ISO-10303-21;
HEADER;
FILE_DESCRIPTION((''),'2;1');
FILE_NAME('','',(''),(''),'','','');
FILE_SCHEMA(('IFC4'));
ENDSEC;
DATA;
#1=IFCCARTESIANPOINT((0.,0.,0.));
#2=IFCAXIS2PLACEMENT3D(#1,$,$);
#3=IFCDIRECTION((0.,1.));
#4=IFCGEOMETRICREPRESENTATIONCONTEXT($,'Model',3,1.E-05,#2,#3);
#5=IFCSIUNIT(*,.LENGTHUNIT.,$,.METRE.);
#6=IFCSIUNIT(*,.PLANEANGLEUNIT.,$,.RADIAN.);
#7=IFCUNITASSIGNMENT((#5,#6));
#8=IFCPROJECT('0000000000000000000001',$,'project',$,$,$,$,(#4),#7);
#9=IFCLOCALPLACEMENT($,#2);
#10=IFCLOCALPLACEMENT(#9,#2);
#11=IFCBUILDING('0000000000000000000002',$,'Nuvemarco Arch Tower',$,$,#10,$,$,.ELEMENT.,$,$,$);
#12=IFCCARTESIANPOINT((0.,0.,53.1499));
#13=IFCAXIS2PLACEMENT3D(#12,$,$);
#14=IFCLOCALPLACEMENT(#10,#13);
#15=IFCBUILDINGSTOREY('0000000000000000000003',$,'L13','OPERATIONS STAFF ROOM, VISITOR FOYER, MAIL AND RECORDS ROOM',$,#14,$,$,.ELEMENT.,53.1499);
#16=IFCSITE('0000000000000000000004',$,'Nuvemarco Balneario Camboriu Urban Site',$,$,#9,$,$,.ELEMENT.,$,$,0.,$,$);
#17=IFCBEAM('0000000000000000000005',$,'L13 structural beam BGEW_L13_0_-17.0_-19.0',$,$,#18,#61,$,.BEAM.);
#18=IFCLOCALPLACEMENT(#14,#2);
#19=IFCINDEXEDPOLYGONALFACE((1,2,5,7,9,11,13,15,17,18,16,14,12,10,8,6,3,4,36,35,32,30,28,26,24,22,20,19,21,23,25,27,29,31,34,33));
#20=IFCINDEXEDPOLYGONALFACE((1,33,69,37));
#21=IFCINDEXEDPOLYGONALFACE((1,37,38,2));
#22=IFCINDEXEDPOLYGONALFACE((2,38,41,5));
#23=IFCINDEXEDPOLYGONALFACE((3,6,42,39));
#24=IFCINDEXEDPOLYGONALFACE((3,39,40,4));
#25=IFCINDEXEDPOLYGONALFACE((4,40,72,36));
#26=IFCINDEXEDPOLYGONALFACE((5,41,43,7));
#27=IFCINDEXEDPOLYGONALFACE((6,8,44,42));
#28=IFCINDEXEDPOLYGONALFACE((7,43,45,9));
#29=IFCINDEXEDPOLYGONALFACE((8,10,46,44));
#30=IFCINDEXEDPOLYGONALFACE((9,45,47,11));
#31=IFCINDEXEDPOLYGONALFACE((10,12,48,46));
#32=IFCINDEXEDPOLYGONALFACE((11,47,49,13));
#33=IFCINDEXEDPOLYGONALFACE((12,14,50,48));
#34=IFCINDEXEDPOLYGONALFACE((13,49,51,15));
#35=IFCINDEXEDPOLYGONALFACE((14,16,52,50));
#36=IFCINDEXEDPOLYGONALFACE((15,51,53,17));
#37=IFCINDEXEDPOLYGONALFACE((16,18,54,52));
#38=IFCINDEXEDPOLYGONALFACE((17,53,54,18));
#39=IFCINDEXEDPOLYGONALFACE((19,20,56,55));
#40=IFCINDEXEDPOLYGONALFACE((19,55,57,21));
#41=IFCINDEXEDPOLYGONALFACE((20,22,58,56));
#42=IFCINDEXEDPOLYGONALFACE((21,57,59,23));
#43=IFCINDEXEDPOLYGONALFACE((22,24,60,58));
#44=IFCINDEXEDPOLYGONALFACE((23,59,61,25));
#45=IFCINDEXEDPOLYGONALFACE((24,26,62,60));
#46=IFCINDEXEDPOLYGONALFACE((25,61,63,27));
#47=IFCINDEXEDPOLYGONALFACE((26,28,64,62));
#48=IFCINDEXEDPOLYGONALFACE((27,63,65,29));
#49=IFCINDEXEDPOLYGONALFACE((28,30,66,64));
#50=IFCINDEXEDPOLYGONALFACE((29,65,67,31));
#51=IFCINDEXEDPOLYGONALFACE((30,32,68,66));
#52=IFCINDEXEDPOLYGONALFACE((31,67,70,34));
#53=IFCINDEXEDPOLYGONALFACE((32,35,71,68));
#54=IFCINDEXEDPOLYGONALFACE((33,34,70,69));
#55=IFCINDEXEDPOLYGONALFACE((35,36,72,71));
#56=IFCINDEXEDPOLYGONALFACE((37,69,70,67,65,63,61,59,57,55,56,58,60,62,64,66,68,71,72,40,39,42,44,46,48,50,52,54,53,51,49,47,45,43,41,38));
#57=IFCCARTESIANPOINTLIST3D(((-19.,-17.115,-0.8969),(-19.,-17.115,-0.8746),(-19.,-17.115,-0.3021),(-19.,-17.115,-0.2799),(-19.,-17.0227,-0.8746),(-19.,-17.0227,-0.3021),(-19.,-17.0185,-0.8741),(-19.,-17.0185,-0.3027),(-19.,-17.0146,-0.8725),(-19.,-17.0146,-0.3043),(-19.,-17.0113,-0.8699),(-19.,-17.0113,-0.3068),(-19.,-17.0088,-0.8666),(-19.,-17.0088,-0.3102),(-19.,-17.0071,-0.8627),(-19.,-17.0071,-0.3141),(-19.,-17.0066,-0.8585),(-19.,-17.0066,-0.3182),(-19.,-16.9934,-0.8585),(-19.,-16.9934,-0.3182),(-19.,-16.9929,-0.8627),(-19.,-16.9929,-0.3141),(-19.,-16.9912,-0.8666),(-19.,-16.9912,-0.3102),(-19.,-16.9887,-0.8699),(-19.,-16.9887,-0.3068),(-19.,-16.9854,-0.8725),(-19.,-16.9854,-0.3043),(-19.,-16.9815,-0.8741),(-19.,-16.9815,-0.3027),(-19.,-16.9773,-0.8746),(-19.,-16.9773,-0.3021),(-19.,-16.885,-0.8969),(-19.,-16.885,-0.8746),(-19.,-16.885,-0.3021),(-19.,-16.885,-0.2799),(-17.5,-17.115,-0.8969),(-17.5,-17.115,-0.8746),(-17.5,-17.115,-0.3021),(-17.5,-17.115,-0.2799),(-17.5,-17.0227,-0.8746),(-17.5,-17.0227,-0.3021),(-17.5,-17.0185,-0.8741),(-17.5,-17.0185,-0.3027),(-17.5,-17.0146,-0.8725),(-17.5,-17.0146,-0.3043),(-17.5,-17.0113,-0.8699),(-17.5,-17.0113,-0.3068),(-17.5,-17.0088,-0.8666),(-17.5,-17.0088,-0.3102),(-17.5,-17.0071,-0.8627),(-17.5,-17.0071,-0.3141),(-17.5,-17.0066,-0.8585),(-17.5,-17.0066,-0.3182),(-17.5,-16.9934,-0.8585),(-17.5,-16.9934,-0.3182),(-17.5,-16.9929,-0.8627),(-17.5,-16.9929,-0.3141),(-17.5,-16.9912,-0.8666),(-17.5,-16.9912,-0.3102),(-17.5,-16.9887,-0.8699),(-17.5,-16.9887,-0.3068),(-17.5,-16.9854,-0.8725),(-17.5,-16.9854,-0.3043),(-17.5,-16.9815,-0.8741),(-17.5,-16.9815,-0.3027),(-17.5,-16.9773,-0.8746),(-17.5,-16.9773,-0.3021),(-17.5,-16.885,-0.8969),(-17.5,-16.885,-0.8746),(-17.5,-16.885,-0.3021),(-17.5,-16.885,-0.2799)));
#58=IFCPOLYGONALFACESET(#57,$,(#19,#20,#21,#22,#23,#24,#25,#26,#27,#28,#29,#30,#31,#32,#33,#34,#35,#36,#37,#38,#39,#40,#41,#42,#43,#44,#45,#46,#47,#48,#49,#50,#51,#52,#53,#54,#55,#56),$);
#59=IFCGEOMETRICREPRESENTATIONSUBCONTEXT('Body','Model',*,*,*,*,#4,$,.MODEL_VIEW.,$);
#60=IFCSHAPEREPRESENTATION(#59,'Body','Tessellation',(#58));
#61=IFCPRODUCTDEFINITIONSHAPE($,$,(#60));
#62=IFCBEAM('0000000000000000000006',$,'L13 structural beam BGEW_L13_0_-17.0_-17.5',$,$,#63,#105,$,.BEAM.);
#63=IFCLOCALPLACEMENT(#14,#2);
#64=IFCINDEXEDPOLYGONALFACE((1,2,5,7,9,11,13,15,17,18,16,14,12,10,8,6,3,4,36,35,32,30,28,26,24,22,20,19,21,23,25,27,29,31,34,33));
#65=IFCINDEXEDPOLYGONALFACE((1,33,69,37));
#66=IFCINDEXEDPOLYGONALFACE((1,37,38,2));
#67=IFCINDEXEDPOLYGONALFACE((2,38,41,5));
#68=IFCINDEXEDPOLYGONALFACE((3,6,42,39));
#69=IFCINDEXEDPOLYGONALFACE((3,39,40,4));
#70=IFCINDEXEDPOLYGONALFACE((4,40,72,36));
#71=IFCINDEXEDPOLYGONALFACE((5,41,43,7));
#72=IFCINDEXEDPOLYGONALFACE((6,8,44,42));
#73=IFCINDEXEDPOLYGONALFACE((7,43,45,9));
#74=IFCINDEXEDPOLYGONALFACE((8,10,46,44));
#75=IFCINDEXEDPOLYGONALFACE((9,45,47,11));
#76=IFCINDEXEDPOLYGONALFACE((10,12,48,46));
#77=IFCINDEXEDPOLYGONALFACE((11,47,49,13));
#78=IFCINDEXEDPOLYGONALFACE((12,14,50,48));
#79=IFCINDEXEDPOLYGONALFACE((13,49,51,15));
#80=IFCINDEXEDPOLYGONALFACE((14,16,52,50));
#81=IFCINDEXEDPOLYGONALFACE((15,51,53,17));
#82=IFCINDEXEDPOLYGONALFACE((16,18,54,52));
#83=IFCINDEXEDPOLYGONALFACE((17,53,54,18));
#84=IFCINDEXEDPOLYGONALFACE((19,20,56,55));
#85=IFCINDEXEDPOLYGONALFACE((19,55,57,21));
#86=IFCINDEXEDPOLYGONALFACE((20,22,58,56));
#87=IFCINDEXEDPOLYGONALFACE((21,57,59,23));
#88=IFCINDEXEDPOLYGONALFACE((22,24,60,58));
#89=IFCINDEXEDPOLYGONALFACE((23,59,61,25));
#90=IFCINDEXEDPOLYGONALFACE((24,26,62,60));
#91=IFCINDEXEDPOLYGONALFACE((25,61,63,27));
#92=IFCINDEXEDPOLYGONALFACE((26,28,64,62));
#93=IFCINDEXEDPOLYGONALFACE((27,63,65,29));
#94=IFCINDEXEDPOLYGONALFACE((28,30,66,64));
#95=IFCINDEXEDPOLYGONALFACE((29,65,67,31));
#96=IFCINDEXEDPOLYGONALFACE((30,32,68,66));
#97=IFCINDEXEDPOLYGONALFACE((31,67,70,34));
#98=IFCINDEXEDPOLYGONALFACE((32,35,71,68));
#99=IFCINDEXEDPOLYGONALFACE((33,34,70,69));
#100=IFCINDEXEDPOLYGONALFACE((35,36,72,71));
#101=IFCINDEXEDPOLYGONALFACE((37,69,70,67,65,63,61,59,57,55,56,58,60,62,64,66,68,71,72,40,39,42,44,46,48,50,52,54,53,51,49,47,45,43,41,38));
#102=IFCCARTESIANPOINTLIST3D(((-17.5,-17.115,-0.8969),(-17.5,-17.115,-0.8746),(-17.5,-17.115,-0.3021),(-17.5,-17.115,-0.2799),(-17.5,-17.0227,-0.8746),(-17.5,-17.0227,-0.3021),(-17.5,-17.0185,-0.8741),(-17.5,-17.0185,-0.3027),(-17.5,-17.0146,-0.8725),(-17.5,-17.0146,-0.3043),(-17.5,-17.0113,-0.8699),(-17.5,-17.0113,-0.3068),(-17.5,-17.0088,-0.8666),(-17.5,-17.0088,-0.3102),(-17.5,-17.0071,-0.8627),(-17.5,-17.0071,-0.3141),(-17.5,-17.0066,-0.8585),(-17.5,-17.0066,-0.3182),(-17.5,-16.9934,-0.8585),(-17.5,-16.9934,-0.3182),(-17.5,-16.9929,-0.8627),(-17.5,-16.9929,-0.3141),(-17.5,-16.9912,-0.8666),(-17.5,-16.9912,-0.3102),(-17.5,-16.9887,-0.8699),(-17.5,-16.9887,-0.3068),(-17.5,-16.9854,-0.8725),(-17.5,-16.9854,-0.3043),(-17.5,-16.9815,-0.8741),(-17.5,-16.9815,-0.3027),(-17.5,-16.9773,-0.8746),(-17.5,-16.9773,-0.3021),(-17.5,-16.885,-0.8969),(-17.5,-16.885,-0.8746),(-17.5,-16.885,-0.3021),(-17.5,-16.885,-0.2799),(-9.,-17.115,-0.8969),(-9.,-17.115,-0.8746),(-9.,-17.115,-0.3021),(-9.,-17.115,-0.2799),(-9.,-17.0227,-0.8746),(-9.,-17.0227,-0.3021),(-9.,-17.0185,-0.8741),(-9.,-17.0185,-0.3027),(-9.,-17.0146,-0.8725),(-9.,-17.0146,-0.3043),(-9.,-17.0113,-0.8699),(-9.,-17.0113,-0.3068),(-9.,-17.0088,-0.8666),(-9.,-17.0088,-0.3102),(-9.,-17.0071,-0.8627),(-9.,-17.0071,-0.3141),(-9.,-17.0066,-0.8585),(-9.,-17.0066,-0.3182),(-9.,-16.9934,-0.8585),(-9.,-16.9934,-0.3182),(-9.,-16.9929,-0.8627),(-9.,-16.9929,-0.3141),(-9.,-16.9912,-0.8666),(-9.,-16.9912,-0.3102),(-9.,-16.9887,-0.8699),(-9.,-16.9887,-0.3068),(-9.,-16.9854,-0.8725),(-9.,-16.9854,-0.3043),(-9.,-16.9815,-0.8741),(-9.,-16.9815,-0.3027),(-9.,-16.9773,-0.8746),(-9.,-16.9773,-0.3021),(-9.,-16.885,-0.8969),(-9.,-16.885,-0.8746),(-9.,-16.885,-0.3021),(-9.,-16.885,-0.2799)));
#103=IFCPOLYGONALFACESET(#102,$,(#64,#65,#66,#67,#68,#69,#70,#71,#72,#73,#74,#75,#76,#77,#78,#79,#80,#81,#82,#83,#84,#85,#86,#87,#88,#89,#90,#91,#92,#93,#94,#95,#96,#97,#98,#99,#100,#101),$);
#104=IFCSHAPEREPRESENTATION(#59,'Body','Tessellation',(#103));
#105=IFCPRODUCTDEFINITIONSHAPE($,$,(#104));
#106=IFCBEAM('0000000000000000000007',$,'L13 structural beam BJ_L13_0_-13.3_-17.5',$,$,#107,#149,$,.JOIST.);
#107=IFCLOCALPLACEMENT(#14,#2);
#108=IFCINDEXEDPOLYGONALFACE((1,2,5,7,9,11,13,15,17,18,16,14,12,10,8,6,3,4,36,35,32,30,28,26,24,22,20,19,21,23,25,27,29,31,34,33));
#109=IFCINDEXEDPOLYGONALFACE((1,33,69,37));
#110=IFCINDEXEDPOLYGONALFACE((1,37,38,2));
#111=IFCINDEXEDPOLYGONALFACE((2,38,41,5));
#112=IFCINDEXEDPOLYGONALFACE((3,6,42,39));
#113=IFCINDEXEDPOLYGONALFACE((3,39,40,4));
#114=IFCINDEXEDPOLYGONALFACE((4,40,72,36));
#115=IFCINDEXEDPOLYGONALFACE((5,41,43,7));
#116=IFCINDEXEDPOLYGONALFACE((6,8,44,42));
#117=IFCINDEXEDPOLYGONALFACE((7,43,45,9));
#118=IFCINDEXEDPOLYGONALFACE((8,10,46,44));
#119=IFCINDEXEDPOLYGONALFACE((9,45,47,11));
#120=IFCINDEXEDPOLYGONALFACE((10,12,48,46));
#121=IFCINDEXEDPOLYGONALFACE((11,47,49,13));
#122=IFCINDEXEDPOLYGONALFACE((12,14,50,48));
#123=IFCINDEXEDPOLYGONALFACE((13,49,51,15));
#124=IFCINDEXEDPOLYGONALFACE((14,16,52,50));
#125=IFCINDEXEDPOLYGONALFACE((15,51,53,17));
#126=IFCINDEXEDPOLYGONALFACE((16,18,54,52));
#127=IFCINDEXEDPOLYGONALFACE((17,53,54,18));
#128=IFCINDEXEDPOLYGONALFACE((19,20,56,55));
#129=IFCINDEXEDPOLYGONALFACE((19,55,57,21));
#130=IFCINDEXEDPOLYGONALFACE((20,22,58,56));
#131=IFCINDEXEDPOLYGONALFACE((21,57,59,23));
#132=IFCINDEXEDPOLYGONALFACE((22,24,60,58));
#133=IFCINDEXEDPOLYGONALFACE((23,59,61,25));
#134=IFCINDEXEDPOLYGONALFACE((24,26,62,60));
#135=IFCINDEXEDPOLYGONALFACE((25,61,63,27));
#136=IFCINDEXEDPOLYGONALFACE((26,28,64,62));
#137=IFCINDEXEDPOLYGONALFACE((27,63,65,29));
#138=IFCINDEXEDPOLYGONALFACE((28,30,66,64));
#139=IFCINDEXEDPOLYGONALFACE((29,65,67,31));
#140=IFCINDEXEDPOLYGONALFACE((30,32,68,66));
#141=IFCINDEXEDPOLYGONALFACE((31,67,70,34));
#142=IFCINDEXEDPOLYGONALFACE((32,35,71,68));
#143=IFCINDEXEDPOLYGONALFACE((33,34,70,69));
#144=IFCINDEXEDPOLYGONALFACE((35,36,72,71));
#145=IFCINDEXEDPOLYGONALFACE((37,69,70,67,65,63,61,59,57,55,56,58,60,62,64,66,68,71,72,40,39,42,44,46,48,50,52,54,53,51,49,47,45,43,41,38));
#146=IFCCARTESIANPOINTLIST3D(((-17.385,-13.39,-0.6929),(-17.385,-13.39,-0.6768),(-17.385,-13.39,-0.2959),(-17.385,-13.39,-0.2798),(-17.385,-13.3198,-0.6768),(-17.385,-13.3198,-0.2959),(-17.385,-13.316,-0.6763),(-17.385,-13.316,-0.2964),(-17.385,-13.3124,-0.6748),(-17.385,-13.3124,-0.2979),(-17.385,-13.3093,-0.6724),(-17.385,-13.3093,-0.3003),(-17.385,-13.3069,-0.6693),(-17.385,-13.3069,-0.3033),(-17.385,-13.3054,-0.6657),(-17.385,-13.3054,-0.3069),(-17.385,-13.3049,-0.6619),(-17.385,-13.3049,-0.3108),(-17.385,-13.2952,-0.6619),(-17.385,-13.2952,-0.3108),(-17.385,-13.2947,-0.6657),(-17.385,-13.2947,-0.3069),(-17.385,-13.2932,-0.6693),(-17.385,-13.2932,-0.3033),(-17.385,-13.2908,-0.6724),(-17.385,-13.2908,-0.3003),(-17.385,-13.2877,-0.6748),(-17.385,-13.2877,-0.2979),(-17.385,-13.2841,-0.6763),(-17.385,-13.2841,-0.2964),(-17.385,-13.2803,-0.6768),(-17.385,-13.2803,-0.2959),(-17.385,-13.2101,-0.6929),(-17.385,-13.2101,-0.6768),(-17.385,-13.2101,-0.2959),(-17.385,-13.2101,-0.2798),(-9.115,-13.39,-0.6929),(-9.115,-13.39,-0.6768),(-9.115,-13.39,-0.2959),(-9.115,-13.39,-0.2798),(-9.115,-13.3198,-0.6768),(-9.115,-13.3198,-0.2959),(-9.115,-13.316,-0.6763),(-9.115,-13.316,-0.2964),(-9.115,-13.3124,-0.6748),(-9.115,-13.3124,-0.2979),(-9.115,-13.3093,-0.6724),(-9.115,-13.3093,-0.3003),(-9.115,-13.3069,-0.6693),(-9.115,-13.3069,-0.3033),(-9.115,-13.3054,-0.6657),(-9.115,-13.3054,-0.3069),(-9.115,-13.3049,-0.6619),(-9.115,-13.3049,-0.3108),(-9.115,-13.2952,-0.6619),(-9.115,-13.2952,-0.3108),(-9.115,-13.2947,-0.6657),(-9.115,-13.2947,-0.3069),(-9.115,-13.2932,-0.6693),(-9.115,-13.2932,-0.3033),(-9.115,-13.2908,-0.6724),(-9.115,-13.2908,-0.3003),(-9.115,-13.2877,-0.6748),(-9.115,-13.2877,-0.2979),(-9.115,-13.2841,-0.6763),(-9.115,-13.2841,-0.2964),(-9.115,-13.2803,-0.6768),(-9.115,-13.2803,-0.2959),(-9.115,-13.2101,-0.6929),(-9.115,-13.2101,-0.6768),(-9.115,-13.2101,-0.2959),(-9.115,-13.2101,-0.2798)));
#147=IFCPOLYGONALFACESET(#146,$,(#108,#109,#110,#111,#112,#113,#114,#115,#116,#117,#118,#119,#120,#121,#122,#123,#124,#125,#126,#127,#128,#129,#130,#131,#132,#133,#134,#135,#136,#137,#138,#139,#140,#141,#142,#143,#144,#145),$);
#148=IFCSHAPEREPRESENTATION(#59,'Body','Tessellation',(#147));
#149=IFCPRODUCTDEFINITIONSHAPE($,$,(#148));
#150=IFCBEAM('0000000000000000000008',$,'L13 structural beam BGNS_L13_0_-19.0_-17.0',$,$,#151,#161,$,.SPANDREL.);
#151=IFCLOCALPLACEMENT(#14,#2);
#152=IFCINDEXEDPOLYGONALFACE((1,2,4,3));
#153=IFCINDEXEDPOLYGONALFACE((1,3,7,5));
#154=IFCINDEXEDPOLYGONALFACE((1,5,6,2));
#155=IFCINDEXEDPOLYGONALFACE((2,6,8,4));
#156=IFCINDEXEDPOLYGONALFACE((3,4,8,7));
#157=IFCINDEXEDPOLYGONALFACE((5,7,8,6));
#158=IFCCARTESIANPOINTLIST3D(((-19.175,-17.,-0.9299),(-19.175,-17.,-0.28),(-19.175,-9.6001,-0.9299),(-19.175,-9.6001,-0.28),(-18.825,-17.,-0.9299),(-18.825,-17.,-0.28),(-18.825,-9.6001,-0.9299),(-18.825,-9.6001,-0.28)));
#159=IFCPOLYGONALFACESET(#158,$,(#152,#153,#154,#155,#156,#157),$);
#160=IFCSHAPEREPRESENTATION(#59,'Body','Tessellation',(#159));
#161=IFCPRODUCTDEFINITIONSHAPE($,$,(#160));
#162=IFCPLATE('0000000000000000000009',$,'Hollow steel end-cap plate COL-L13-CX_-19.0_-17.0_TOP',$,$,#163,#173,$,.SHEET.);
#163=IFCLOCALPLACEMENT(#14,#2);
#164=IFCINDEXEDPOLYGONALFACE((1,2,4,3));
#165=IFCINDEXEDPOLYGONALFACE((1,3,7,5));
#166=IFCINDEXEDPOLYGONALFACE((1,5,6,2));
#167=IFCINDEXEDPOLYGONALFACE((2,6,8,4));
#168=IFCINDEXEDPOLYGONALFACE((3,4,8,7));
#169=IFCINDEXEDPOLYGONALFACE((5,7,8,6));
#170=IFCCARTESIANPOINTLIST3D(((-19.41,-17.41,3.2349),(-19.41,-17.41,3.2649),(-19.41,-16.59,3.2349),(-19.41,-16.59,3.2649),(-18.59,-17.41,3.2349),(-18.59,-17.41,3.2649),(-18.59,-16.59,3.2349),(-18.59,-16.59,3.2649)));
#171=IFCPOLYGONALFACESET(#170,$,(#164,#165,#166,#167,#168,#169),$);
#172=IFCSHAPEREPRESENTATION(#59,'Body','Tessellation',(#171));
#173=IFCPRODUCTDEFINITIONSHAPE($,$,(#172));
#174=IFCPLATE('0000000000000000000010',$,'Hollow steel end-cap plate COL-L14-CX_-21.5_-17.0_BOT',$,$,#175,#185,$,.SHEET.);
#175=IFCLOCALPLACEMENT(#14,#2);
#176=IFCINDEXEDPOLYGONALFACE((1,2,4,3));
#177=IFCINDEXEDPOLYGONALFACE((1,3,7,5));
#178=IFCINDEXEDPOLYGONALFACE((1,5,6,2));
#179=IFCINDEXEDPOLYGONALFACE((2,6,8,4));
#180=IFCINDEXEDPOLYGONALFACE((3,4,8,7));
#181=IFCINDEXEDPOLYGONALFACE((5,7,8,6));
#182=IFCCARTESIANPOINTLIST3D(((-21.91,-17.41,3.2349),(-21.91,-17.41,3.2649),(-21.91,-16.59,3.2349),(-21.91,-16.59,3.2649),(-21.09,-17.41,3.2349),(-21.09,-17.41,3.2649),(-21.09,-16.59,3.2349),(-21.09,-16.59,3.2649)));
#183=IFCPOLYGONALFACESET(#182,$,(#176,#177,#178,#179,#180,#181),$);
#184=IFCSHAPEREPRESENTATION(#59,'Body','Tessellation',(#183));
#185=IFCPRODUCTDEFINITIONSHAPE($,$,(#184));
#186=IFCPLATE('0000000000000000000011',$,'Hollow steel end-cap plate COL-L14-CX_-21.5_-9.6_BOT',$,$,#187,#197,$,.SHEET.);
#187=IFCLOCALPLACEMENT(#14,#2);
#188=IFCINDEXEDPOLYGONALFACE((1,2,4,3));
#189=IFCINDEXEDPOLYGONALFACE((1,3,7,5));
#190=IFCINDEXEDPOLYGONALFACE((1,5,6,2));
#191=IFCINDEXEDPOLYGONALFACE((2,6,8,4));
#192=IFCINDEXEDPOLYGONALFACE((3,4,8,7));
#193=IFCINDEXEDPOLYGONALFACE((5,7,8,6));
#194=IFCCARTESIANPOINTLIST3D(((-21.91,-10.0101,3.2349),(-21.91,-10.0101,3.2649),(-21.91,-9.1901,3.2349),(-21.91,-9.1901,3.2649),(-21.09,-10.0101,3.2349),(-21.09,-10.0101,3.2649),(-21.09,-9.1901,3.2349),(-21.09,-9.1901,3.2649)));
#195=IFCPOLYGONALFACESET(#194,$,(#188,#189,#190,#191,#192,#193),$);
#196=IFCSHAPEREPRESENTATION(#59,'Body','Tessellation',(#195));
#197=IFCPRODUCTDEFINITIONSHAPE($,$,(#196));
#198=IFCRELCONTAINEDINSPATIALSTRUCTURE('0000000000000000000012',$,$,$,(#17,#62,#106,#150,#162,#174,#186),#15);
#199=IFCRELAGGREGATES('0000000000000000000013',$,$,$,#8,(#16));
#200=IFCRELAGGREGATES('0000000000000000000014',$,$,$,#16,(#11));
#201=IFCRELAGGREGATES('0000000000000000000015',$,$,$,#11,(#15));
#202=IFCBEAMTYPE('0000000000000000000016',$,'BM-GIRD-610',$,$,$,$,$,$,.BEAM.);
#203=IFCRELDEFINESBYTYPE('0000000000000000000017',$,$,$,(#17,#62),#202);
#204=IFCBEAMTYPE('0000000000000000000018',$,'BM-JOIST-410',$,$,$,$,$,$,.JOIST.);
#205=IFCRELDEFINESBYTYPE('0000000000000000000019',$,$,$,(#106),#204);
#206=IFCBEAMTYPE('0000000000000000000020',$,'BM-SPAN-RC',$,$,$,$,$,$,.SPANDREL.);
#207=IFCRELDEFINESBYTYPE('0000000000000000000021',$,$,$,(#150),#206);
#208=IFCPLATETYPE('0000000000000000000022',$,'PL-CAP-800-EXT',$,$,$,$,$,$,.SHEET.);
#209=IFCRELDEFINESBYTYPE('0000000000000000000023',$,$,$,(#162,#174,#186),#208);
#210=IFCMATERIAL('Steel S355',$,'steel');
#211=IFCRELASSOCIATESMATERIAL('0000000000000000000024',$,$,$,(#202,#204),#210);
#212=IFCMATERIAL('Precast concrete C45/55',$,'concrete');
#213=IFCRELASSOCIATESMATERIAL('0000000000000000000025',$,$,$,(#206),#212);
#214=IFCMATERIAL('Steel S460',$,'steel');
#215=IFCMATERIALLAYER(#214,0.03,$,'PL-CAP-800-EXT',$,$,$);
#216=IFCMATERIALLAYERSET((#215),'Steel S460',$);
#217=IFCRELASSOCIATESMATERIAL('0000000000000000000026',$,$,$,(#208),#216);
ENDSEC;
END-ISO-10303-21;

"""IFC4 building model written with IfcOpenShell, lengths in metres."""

from ifc_helpers import new_model, si_unit, direction, frame, origin, origin_2d, place, context, subcontext, project, spatial, rectangle, i_section, extrude, source, transform, mapped, material, layer, layer_set, material_profile, profile_set, type_object, type_shapes, element, save


model = new_model("IFC4")

# Units and contexts
model_context = context("Model", 3, precision=1e-05, world=origin(), true_north=direction((0.0, 1.0)))
body_context = subcontext(model_context, "Body", "Model", "MODEL_VIEW")
ifc_project = project(units=[si_unit("LENGTHUNIT", "METRE"), si_unit("PLANEANGLEUNIT", "RADIAN")], contexts=[model_context])

# Site, building, storey
site_placement = place(None, origin())
site = spatial("IfcSite", under=ifc_project, at=site_placement, Name="Nuvemarco Balneario Camboriu Urban Site", CompositionType="ELEMENT", RefElevation=0.0)
building_placement = place(site_placement, origin())
building = spatial("IfcBuilding", under=site, at=building_placement, Name="Nuvemarco Arch Tower", CompositionType="ELEMENT")
storey_placement = place(building_placement, frame((0.0, 0.0, 53.1499)))
storey = spatial("IfcBuildingStorey", under=building, at=storey_placement, Name="L13", Description="OPERATIONS STAFF ROOM, VISITOR FOYER, MAIL AND RECORDS ROOM", CompositionType="ELEMENT", Elevation=53.1499)

# Shared definitions
ifc_material_1 = material(Name="Steel S460", Category="steel")
ifc_material_2 = material(Name="Steel S355", Category="steel")

# Beams
ifc_material_profile_1 = material_profile(ifc_material_2, i_section(OverallWidth=0.23, OverallDepth=0.6169, WebThickness=0.0132, FlangeThickness=0.0222, FilletRadius=0.0161, at=origin_2d()), Name="W610x140")
ifc_profile_set_1 = profile_set([ifc_material_profile_1], Name="Steel S355")
beam_type_1 = type_object("IfcBeamType", Name="BM-GIRD-610", PredefinedType="BEAM", material=ifc_profile_set_1)
beam_1_placement = place(storey_placement, frame((-19.0, -17.0, -0.5884), z_axis=(1.0, 0.0, 0.0), x_axis=(0.0, 1.0, 0.0)))
element("IfcBeam", 1, at=beam_1_placement, inside=storey, type_object=beam_type_1, Name="L13 structural beam BGEW_L13_0_-17.0_-19.0", PredefinedType="BEAM", context=body_context, shape_type="SweptSolid", body=[
    extrude(i_section(OverallWidth=0.23, OverallDepth=0.6169, WebThickness=0.0132, FlangeThickness=0.0222, FilletRadius=0.0161, at=origin_2d()), origin(), (0.0, 0.0, 1.0), 1.5),
])
beam_2_placement = place(storey_placement, frame((-17.5, -17.0, -0.5884), z_axis=(1.0, 0.0, 0.0), x_axis=(0.0, 1.0, 0.0)))
element("IfcBeam", 2, at=beam_2_placement, inside=storey, type_object=beam_type_1, Name="L13 structural beam BGEW_L13_0_-17.0_-17.5", PredefinedType="BEAM", context=body_context, shape_type="SweptSolid", body=[
    extrude(i_section(OverallWidth=0.23, OverallDepth=0.6169, WebThickness=0.0132, FlangeThickness=0.0222, FilletRadius=0.0161, at=origin_2d()), origin(), (0.0, 0.0, 1.0), 8.5),
])
ifc_material_profile_2 = material_profile(ifc_material_2, i_section(OverallWidth=0.1799, OverallDepth=0.4131, WebThickness=0.0098, FlangeThickness=0.0161, FilletRadius=0.0149, at=origin_2d()), Name="W410x75")
ifc_profile_set_2 = profile_set([ifc_material_profile_2], Name="Steel S355")
beam_type_2 = type_object("IfcBeamType", Name="BM-JOIST-410", PredefinedType="JOIST", material=ifc_profile_set_2)
beam_3_placement = place(storey_placement, frame((-17.385, -13.3, -0.4863), z_axis=(1.0, 0.0, 0.0), x_axis=(0.0, 1.0, 0.0)))
element("IfcBeam", 3, at=beam_3_placement, inside=storey, type_object=beam_type_2, Name="L13 structural beam BJ_L13_0_-13.3_-17.5", PredefinedType="JOIST", context=body_context, shape_type="SweptSolid", body=[
    extrude(i_section(OverallWidth=0.1799, OverallDepth=0.4131, WebThickness=0.0098, FlangeThickness=0.0161, FilletRadius=0.0149, at=origin_2d()), origin(), (0.0, 0.0, 1.0), 8.27),
])
ifc_material_3 = material(Name="Precast concrete C45/55", Category="concrete")
ifc_material_profile_3 = material_profile(ifc_material_3, rectangle(XDim=0.3501, YDim=0.6499, at=origin_2d()), Name="PC-SP-350x650")
ifc_profile_set_3 = profile_set([ifc_material_profile_3], Name="Precast concrete C45/55")
beam_type_3 = type_object("IfcBeamType", Name="BM-SPAN-RC", PredefinedType="SPANDREL", material=ifc_profile_set_3)
beam_4_placement = place(storey_placement, frame((-19.0, -17.0, -0.605), z_axis=(0.0, 1.0, 0.0), x_axis=(-1.0, 0.0, 0.0)))
element("IfcBeam", 4, at=beam_4_placement, inside=storey, type_object=beam_type_3, Name="L13 structural beam BGNS_L13_0_-19.0_-17.0", PredefinedType="SPANDREL", context=body_context, shape_type="SweptSolid", body=[
    extrude(rectangle(XDim=0.3501, YDim=0.6499, at=origin_2d()), origin(), (0.0, 0.0, 1.0), 7.3999),
])

# Plates
ifc_layer_1 = layer(ifc_material_1, 0.03, Name="PL-CAP-800-EXT")
ifc_layer_set_1 = layer_set([ifc_layer_1], Name="Steel S460")
plate_type_1 = type_object("IfcPlateType", Name="PL-CAP-800-EXT", PredefinedType="SHEET", material=ifc_layer_set_1)
shared_shape_1 = source(origin(), body_context, "Body", "SweptSolid", [
    extrude(rectangle(XDim=0.8201, YDim=0.8201, at=origin_2d()), origin(), (0.0, 0.0, 1.0), 0.03),
])
type_shapes(plate_type_1, [shared_shape_1])
for number, where, z_axis, x_axis, name in (
    (5, (-19.0, -17.0, 3.2349), (0.0, 0.0, 1.0), (1.0, 0.0, 0.0), "Hollow steel end-cap plate COL-L13-CX_-19.0_-17.0_TOP"),
    (6, (-21.5, -17.0, 3.2349), (0.0, 0.0, 1.0), (1.0, 0.0, 0.0), "Hollow steel end-cap plate COL-L14-CX_-21.5_-17.0_BOT"),
    (7, (-21.5, -9.6001, 3.2349), (0.0, 0.0, 1.0), (1.0, 0.0, 0.0), "Hollow steel end-cap plate COL-L14-CX_-21.5_-9.6_BOT"),
):
    element("IfcPlate", number, at=place(storey_placement, frame(where, z_axis=z_axis, x_axis=x_axis)), inside=storey, type_object=plate_type_1, Name=name, PredefinedType="SHEET", context=body_context, shape_type="MappedRepresentation", body=[
        mapped(shared_shape_1, transform((0.0, 0.0, 0.0), scale=1.0)),
    ])

save(model, "model.ifc")
